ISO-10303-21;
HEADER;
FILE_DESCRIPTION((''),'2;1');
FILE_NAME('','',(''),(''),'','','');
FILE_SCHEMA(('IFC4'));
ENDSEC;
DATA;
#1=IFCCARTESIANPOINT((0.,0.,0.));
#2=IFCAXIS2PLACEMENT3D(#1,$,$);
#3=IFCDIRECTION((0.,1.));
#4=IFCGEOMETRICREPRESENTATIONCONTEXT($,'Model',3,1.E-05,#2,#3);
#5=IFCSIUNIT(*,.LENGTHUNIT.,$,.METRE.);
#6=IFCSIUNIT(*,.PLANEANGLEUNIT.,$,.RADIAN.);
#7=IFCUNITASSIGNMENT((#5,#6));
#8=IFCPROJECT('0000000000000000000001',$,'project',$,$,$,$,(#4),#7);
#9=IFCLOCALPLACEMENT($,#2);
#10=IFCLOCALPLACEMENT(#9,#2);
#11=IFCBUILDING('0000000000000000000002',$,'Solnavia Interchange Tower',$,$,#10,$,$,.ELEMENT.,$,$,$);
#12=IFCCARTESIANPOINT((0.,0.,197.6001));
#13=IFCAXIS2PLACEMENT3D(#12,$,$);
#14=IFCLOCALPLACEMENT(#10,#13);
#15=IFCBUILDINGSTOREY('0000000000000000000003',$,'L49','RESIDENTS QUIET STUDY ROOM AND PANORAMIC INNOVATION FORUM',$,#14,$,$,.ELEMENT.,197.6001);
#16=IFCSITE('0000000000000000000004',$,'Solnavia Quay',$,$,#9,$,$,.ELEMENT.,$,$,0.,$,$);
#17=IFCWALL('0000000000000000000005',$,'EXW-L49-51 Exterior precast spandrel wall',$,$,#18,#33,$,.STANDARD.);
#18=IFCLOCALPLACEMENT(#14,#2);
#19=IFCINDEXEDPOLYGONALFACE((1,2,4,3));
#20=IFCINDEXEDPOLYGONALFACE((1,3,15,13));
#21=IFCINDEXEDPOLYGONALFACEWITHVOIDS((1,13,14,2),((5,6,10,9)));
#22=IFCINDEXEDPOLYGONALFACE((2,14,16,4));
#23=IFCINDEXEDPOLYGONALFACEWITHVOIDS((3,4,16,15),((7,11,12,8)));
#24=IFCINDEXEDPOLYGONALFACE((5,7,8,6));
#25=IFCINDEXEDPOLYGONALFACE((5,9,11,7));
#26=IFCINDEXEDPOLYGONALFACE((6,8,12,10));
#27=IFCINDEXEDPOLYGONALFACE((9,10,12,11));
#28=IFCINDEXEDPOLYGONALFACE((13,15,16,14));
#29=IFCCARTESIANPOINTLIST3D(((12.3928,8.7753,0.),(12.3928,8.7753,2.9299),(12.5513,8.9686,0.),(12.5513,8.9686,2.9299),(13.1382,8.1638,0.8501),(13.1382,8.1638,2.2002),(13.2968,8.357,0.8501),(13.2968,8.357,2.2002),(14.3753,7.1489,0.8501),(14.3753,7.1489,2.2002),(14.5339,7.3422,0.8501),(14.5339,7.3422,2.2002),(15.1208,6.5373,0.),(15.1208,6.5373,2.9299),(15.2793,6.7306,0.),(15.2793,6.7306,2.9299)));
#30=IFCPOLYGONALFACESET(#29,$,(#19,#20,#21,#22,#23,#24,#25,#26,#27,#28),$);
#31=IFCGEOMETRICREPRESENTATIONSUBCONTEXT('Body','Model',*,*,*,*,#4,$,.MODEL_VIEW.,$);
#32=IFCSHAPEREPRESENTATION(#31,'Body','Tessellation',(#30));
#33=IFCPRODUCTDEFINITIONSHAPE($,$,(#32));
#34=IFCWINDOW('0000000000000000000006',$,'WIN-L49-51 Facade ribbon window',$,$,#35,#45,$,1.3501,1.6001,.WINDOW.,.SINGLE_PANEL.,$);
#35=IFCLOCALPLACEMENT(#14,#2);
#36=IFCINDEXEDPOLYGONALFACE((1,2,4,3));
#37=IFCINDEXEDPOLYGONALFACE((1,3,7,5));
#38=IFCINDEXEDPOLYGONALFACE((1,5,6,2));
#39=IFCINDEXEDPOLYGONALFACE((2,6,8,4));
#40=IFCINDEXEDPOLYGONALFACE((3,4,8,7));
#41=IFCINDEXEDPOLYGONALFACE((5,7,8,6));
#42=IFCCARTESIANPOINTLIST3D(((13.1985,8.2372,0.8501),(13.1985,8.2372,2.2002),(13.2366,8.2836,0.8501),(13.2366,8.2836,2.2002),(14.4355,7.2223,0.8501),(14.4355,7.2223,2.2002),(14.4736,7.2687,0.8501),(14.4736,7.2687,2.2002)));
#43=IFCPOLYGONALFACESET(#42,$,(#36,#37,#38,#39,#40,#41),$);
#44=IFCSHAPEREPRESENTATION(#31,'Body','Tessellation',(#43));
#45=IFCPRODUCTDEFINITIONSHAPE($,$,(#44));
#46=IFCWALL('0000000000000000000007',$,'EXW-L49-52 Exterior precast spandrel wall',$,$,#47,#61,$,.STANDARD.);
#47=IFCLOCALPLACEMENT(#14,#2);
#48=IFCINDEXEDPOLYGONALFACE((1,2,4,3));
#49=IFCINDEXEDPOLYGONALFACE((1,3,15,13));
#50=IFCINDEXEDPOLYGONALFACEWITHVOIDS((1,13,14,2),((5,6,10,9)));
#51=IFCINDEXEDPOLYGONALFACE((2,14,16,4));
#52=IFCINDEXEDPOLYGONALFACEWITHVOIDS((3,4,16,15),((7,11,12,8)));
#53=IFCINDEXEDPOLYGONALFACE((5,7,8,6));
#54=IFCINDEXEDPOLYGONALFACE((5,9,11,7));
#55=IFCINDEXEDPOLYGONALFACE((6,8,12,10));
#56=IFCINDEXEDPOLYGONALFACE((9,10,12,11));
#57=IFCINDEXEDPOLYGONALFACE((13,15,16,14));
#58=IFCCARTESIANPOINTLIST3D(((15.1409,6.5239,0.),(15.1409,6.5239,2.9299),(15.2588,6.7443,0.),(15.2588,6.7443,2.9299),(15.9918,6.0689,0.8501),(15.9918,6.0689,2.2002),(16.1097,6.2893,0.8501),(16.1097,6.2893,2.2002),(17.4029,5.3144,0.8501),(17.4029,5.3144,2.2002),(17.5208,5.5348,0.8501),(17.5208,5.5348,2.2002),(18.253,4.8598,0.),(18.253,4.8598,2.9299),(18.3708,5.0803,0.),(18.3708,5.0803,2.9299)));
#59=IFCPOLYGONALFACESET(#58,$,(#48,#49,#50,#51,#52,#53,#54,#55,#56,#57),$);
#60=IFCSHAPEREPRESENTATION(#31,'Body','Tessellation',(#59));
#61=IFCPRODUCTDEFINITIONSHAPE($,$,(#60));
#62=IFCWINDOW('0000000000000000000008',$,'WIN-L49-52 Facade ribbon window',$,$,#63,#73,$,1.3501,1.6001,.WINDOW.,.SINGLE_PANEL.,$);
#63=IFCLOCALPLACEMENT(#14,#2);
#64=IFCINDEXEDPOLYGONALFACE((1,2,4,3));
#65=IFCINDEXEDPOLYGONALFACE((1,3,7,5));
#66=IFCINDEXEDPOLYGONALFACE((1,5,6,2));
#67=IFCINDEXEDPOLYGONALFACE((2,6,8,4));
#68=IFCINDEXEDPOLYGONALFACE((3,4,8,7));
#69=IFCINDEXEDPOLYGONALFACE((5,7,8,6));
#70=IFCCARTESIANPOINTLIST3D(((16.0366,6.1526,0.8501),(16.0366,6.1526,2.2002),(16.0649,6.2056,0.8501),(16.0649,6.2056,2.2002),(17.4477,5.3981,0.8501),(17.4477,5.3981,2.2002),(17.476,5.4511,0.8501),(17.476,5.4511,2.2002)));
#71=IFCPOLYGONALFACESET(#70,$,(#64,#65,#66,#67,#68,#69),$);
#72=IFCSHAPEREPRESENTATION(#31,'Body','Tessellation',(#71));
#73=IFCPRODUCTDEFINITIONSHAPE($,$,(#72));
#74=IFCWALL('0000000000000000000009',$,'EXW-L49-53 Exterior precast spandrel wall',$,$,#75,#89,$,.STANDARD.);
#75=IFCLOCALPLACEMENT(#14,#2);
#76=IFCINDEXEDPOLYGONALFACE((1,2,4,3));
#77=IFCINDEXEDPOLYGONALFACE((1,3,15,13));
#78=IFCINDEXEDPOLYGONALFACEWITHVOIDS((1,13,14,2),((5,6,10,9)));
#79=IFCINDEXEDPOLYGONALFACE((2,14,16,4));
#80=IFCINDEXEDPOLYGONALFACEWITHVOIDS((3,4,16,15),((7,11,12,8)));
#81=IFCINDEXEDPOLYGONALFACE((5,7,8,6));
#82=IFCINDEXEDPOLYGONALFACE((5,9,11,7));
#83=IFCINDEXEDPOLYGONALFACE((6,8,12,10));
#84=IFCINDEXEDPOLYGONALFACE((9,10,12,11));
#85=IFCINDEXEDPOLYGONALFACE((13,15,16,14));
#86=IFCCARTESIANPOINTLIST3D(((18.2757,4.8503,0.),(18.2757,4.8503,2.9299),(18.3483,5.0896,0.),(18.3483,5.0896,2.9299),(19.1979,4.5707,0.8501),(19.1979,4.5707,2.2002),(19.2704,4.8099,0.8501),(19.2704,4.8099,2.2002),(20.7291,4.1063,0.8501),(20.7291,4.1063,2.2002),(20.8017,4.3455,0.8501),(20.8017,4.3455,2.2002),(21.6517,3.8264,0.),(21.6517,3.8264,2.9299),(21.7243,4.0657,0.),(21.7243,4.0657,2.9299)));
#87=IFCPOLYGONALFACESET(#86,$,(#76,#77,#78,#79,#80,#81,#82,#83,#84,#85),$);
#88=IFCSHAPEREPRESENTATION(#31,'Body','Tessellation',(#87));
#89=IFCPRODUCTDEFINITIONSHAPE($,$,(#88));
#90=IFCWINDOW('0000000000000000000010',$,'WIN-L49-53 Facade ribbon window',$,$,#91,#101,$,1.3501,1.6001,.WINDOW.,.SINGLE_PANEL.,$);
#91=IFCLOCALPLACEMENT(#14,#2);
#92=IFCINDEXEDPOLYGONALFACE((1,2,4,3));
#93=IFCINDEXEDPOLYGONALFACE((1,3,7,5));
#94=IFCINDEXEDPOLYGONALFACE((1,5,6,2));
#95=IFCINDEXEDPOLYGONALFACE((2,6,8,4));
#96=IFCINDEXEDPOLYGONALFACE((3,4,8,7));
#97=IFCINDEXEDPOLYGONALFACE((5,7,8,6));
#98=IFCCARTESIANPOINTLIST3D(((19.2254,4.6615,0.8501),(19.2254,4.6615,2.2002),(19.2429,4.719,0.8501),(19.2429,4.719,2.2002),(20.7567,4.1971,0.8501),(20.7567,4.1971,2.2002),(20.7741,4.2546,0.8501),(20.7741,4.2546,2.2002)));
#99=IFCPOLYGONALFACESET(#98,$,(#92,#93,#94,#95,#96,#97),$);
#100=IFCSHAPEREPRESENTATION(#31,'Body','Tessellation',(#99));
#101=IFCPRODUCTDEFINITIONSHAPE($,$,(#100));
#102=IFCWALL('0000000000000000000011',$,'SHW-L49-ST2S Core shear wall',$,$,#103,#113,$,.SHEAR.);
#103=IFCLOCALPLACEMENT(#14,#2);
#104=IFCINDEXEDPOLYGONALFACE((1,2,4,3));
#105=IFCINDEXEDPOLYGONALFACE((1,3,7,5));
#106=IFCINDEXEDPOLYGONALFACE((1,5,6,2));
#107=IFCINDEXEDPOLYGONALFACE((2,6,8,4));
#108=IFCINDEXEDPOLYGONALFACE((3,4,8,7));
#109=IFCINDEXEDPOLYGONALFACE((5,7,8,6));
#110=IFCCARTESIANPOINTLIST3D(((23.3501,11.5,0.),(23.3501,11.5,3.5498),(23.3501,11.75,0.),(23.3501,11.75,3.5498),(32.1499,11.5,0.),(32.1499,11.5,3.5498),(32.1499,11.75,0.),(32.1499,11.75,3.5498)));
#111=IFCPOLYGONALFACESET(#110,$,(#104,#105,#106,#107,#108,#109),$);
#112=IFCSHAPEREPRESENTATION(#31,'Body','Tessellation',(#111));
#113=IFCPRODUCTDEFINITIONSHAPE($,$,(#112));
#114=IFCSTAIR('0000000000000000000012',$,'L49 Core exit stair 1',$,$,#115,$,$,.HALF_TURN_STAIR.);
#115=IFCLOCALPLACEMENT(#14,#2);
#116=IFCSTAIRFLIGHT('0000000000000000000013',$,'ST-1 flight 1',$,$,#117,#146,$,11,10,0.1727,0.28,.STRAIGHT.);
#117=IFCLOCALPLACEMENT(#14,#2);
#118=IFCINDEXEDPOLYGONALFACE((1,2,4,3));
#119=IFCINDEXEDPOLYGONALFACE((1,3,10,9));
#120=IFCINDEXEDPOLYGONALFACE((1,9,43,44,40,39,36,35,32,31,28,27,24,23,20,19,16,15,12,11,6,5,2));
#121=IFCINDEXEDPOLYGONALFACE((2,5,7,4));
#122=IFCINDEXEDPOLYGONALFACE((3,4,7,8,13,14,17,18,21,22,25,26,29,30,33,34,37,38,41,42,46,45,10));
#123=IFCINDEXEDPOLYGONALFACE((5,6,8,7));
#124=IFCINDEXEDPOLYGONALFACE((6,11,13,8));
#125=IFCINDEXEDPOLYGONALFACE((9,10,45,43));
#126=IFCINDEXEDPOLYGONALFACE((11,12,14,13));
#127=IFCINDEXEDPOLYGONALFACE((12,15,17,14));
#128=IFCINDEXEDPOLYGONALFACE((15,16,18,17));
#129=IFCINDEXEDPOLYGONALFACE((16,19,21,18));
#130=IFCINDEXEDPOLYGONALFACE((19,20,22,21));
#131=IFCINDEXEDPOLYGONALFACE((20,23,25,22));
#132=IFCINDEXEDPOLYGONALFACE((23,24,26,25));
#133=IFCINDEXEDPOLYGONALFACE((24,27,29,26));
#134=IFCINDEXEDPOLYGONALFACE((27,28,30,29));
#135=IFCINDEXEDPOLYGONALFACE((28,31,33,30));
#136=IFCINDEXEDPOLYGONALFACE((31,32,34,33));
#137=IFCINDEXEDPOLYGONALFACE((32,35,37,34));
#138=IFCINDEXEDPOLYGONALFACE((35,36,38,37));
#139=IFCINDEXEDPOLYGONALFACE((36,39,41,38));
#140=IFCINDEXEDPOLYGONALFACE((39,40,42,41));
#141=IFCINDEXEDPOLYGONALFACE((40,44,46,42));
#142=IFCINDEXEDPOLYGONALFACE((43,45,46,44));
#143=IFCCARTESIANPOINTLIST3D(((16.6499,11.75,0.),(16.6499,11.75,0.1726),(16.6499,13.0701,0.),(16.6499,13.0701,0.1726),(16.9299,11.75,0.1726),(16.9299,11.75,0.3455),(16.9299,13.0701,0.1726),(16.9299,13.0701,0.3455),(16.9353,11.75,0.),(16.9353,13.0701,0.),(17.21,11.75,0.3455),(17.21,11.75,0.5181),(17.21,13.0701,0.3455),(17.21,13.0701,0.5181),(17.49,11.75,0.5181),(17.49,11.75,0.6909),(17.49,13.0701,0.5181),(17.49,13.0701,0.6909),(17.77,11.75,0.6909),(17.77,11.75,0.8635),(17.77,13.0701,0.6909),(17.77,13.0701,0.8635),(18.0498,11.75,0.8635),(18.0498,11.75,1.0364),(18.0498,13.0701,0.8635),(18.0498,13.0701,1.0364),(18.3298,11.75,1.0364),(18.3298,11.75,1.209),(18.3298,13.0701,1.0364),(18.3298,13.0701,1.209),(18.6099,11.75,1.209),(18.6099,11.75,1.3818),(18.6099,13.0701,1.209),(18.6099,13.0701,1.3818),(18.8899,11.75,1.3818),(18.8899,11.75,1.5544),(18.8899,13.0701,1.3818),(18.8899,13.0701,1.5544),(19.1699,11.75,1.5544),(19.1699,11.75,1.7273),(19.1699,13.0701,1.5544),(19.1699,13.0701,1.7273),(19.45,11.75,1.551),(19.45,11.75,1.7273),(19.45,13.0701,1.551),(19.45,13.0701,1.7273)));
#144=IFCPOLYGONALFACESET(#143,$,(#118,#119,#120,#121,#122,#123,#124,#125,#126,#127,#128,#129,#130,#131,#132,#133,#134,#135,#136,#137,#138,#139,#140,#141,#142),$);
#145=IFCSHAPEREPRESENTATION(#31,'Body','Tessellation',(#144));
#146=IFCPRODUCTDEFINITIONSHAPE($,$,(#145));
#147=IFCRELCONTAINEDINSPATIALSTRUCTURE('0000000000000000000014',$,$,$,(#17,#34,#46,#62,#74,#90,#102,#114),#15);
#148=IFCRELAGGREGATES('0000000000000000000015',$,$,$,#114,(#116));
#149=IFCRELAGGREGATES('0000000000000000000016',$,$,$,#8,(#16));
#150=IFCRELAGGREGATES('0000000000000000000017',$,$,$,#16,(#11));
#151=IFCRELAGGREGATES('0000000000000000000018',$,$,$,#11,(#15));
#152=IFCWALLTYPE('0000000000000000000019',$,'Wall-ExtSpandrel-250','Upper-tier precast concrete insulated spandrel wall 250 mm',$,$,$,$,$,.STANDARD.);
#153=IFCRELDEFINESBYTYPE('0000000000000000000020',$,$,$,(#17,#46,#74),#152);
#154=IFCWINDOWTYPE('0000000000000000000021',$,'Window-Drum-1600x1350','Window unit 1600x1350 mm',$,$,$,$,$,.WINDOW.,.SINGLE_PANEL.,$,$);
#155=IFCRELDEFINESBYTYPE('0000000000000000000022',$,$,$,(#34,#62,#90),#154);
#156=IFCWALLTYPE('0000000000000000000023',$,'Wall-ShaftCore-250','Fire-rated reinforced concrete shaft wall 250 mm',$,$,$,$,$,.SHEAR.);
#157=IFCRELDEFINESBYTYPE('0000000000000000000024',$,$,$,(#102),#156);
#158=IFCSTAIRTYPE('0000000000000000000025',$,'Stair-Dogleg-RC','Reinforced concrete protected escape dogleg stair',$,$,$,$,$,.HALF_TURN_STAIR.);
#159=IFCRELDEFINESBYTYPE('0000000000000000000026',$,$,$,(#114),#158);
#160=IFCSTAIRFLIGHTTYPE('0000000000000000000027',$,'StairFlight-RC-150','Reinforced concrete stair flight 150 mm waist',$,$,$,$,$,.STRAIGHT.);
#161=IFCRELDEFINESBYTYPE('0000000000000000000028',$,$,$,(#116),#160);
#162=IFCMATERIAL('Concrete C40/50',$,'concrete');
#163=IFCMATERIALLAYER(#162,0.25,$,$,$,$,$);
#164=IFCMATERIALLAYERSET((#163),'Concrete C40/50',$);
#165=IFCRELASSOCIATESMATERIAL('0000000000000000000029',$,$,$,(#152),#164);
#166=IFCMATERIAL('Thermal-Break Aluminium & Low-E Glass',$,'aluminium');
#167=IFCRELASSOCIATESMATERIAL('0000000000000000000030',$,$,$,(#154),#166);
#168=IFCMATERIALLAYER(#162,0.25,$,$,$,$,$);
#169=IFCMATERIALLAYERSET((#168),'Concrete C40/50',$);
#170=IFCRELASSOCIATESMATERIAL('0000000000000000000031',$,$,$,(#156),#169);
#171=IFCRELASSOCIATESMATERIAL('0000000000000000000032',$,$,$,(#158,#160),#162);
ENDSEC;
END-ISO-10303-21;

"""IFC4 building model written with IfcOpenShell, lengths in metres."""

from ifc_helpers import new_model, si_unit, direction, frame, frame_2d, origin, place, context, subcontext, project, spatial, polyline, rectangle, outline, extrude, material, layer, layer_set, type_object, element, fill, aggregate, save


model = new_model("IFC4")

# Units and contexts
model_context = context("Model", 3, precision=1e-05, world=origin(), true_north=direction((0.0, 1.0)))
body_context = subcontext(model_context, "Body", "Model", "MODEL_VIEW")
ifc_project = project(units=[si_unit("LENGTHUNIT", "METRE"), si_unit("PLANEANGLEUNIT", "RADIAN")], contexts=[model_context])

# Site, building, storey
site_placement = place(None, origin())
site = spatial("IfcSite", under=ifc_project, at=site_placement, Name="Solnavia Quay", CompositionType="ELEMENT", RefElevation=0.0)
building_placement = place(site_placement, origin())
building = spatial("IfcBuilding", under=site, at=building_placement, Name="Solnavia Interchange Tower", CompositionType="ELEMENT")
storey_placement = place(building_placement, frame((0.0, 0.0, 197.6001)))
storey = spatial("IfcBuildingStorey", under=building, at=storey_placement, Name="L49", Description="RESIDENTS QUIET STUDY ROOM AND PANORAMIC INNOVATION FORUM", CompositionType="ELEMENT", Elevation=197.6001)

# Walls, openings, windows
ifc_material_1 = material(Name="Concrete C40/50", Category="concrete")
ifc_layer_1 = layer(ifc_material_1, 0.25)
ifc_layer_set_1 = layer_set([ifc_layer_1], Name="Concrete C40/50")
wall_type_1 = type_object("IfcWallType", Name="Wall-ExtSpandrel-250", Description="Upper-tier precast concrete insulated spandrel wall 250 mm", PredefinedType="STANDARD", material=ifc_layer_set_1)
wall_1_placement = place(storey_placement, frame((15.2, 6.634, 0.0), z_axis=(0.0, 0.0, 1.0), x_axis=(-0.773121, 0.634258, 0.0)))
wall_1 = element("IfcWall", 1, at=wall_1_placement, inside=storey, type_object=wall_type_1, Name="EXW-L49-51 Exterior precast spandrel wall", PredefinedType="STANDARD", context=body_context, shape_type="SweptSolid", body=[
    extrude(rectangle(XDim=3.5286, YDim=0.25, at=frame_2d((1.7642, 0.0))), origin(), (0.0, 0.0, 1.0), 2.9299),
])
opening_1_placement = place(wall_1_placement, frame((0.9641, 0.0, 0.8501)))
opening_1 = element("IfcOpeningElement", 2, at=opening_1_placement, cuts=wall_1, PredefinedType="OPENING", context=body_context, shape_type="SweptSolid", body=[
    extrude(rectangle(XDim=1.6001, YDim=1.3501, at=frame_2d((0.8, 0.675))), frame((0.0, 0.135, 0.0), z_axis=(0.0, -1.0, 0.0), x_axis=(1.0, 0.0, 0.0)), (0.0, 0.0, 1.0), 0.27),
])
ifc_material_2 = material(Name="Thermal-Break Aluminium & Low-E Glass", Category="aluminium")
window_type = type_object("IfcWindowType", Name="Window-Drum-1600x1350", Description="Window unit 1600x1350 mm", PartitioningType="SINGLE_PANEL", PredefinedType="WINDOW", material=ifc_material_2)
window_1_placement = place(opening_1_placement, origin())
window_1 = element("IfcWindow", 3, at=window_1_placement, inside=storey, type_object=window_type, Name="WIN-L49-51 Facade ribbon window", OverallHeight=1.3501, OverallWidth=1.6001, PartitioningType="SINGLE_PANEL", PredefinedType="WINDOW", context=body_context, shape_type="SweptSolid", body=[
    extrude(rectangle(XDim=1.6001, YDim=1.3501, at=frame_2d((0.8, 0.675))), frame((0.0, 0.03, 0.0), z_axis=(0.0, -1.0, 0.0), x_axis=(1.0, 0.0, 0.0)), (0.0, 0.0, 1.0), 0.0601),
])
fill(opening_1, window_1)
wall_2_placement = place(storey_placement, frame((18.312, 4.97, 0.0), z_axis=(0.0, 0.0, 1.0), x_axis=(-0.881847, 0.471536, 0.0)))
wall_2 = element("IfcWall", 4, at=wall_2_placement, inside=storey, type_object=wall_type_1, Name="EXW-L49-52 Exterior precast spandrel wall", PredefinedType="STANDARD", context=body_context, shape_type="SweptSolid", body=[
    extrude(rectangle(XDim=3.5291, YDim=0.25, at=frame_2d((1.7646, 0.0))), origin(), (0.0, 0.0, 1.0), 2.9299),
])
opening_2_placement = place(wall_2_placement, frame((0.9641, 0.0, 0.8501)))
opening_2 = element("IfcOpeningElement", 5, at=opening_2_placement, cuts=wall_2, PredefinedType="OPENING", context=body_context, shape_type="SweptSolid", body=[
    extrude(rectangle(XDim=1.6001, YDim=1.3501, at=frame_2d((0.8, 0.675))), frame((0.0, 0.135, 0.0), z_axis=(0.0, -1.0, 0.0), x_axis=(1.0, 0.0, 0.0)), (0.0, 0.0, 1.0), 0.27),
])
window_2_placement = place(opening_2_placement, origin())
window_2 = element("IfcWindow", 6, at=window_2_placement, inside=storey, type_object=window_type, Name="WIN-L49-52 Facade ribbon window", OverallHeight=1.3501, OverallWidth=1.6001, PartitioningType="SINGLE_PANEL", PredefinedType="WINDOW", context=body_context, shape_type="SweptSolid", body=[
    extrude(rectangle(XDim=1.6001, YDim=1.3501, at=frame_2d((0.8, 0.675))), frame((0.0, 0.03, 0.0), z_axis=(0.0, -1.0, 0.0), x_axis=(1.0, 0.0, 0.0)), (0.0, 0.0, 1.0), 0.0601),
])
fill(opening_2, window_2)
wall_3_placement = place(storey_placement, frame((21.688, 3.946, 0.0), z_axis=(0.0, 0.0, 1.0), x_axis=(-0.956953, 0.290242, 0.0)))
wall_3 = element("IfcWall", 7, at=wall_3_placement, inside=storey, type_object=wall_type_1, Name="EXW-L49-53 Exterior precast spandrel wall", PredefinedType="STANDARD", context=body_context, shape_type="SweptSolid", body=[
    extrude(rectangle(XDim=3.5278, YDim=0.25, at=frame_2d((1.7639, 0.0))), origin(), (0.0, 0.0, 1.0), 2.9299),
])
opening_3_placement = place(wall_3_placement, frame((0.9641, 0.0, 0.8501)))
opening_3 = element("IfcOpeningElement", 8, at=opening_3_placement, cuts=wall_3, PredefinedType="OPENING", context=body_context, shape_type="SweptSolid", body=[
    extrude(rectangle(XDim=1.6001, YDim=1.3501, at=frame_2d((0.8, 0.675))), frame((0.0, 0.135, 0.0), z_axis=(0.0, -1.0, 0.0), x_axis=(1.0, 0.0, 0.0)), (0.0, 0.0, 1.0), 0.27),
])
window_3_placement = place(opening_3_placement, origin())
window_3 = element("IfcWindow", 9, at=window_3_placement, inside=storey, type_object=window_type, Name="WIN-L49-53 Facade ribbon window", OverallHeight=1.3501, OverallWidth=1.6001, PartitioningType="SINGLE_PANEL", PredefinedType="WINDOW", context=body_context, shape_type="SweptSolid", body=[
    extrude(rectangle(XDim=1.6001, YDim=1.3501, at=frame_2d((0.8, 0.675))), frame((0.0, 0.03, 0.0), z_axis=(0.0, -1.0, 0.0), x_axis=(1.0, 0.0, 0.0)), (0.0, 0.0, 1.0), 0.0601),
])
fill(opening_3, window_3)

# Wall
ifc_layer_2 = layer(ifc_material_1, 0.25)
ifc_layer_set_2 = layer_set([ifc_layer_2], Name="Concrete C40/50")
wall_type_2 = type_object("IfcWallType", Name="Wall-ShaftCore-250", Description="Fire-rated reinforced concrete shaft wall 250 mm", PredefinedType="SHEAR", material=ifc_layer_set_2)
wall_4_placement = place(storey_placement, frame((23.3501, 11.625, 0.0), z_axis=(0.0, 0.0, 1.0), x_axis=(1.0, 0.0, 0.0)))
element("IfcWall", 10, at=wall_4_placement, inside=storey, type_object=wall_type_2, Name="SHW-L49-ST2S Core shear wall", PredefinedType="SHEAR", context=body_context, shape_type="SweptSolid", body=[
    extrude(rectangle(XDim=8.7998, YDim=0.25, at=frame_2d((4.3999, 0.0))), origin(), (0.0, 0.0, 1.0), 3.5498),
])

# Stair, stair flight
stair_type = type_object("IfcStairType", Name="Stair-Dogleg-RC", Description="Reinforced concrete protected escape dogleg stair", PredefinedType="HALF_TURN_STAIR", material=ifc_material_1)
stair_placement = place(storey_placement, origin())
stair = element("IfcStair", 11, at=stair_placement, inside=storey, type_object=stair_type, Name="L49 Core exit stair 1", PredefinedType="HALF_TURN_STAIR")
stair_flight_type = type_object("IfcStairFlightType", Name="StairFlight-RC-150", Description="Reinforced concrete stair flight 150 mm waist", PredefinedType="STRAIGHT", material=ifc_material_1)
stair_flight_placement = place(storey_placement, frame((16.6499, 12.4099, 0.0), z_axis=(0.0, 0.0, 1.0), x_axis=(1.0, 0.0, 0.0)))
stair_flight = element("IfcStairFlight", 12, at=stair_flight_placement, type_object=stair_flight_type, Name="ST-1 flight 1", NumberOfRisers=11, NumberOfTreads=10, PredefinedType="STRAIGHT", RiserHeight=0.1727, TreadLength=0.28, context=body_context, shape_type="SweptSolid", body=[
    extrude(outline(polyline([(0.0, 0.0), (0.0, 0.1726), (0.28, 0.1726), (0.28, 0.3455), (0.5601, 0.3455), (0.5601, 0.5181), (0.8401, 0.5181), (0.8401, 0.6909), (1.1201, 0.6909), (1.1201, 0.8635), (1.3999, 0.8635), (1.3999, 1.0364), (1.6799, 1.0364), (1.6799, 1.209), (1.96, 1.209), (1.96, 1.3818), (2.24, 1.3818), (2.24, 1.5544), (2.52, 1.5544), (2.52, 1.7273), (2.8, 1.7273), (2.8, 1.8999), (2.8, 1.551), (0.2854, 0.0), (0.0, 0.0)])), frame((0.0, 0.6602, 0.0), z_axis=(0.0, -1.0, 0.0), x_axis=(1.0, 0.0, 0.0)), (0.0, 0.0, 1.0), 1.3201),
])
aggregate(stair, [stair_flight])

save(model, "model.ifc")
